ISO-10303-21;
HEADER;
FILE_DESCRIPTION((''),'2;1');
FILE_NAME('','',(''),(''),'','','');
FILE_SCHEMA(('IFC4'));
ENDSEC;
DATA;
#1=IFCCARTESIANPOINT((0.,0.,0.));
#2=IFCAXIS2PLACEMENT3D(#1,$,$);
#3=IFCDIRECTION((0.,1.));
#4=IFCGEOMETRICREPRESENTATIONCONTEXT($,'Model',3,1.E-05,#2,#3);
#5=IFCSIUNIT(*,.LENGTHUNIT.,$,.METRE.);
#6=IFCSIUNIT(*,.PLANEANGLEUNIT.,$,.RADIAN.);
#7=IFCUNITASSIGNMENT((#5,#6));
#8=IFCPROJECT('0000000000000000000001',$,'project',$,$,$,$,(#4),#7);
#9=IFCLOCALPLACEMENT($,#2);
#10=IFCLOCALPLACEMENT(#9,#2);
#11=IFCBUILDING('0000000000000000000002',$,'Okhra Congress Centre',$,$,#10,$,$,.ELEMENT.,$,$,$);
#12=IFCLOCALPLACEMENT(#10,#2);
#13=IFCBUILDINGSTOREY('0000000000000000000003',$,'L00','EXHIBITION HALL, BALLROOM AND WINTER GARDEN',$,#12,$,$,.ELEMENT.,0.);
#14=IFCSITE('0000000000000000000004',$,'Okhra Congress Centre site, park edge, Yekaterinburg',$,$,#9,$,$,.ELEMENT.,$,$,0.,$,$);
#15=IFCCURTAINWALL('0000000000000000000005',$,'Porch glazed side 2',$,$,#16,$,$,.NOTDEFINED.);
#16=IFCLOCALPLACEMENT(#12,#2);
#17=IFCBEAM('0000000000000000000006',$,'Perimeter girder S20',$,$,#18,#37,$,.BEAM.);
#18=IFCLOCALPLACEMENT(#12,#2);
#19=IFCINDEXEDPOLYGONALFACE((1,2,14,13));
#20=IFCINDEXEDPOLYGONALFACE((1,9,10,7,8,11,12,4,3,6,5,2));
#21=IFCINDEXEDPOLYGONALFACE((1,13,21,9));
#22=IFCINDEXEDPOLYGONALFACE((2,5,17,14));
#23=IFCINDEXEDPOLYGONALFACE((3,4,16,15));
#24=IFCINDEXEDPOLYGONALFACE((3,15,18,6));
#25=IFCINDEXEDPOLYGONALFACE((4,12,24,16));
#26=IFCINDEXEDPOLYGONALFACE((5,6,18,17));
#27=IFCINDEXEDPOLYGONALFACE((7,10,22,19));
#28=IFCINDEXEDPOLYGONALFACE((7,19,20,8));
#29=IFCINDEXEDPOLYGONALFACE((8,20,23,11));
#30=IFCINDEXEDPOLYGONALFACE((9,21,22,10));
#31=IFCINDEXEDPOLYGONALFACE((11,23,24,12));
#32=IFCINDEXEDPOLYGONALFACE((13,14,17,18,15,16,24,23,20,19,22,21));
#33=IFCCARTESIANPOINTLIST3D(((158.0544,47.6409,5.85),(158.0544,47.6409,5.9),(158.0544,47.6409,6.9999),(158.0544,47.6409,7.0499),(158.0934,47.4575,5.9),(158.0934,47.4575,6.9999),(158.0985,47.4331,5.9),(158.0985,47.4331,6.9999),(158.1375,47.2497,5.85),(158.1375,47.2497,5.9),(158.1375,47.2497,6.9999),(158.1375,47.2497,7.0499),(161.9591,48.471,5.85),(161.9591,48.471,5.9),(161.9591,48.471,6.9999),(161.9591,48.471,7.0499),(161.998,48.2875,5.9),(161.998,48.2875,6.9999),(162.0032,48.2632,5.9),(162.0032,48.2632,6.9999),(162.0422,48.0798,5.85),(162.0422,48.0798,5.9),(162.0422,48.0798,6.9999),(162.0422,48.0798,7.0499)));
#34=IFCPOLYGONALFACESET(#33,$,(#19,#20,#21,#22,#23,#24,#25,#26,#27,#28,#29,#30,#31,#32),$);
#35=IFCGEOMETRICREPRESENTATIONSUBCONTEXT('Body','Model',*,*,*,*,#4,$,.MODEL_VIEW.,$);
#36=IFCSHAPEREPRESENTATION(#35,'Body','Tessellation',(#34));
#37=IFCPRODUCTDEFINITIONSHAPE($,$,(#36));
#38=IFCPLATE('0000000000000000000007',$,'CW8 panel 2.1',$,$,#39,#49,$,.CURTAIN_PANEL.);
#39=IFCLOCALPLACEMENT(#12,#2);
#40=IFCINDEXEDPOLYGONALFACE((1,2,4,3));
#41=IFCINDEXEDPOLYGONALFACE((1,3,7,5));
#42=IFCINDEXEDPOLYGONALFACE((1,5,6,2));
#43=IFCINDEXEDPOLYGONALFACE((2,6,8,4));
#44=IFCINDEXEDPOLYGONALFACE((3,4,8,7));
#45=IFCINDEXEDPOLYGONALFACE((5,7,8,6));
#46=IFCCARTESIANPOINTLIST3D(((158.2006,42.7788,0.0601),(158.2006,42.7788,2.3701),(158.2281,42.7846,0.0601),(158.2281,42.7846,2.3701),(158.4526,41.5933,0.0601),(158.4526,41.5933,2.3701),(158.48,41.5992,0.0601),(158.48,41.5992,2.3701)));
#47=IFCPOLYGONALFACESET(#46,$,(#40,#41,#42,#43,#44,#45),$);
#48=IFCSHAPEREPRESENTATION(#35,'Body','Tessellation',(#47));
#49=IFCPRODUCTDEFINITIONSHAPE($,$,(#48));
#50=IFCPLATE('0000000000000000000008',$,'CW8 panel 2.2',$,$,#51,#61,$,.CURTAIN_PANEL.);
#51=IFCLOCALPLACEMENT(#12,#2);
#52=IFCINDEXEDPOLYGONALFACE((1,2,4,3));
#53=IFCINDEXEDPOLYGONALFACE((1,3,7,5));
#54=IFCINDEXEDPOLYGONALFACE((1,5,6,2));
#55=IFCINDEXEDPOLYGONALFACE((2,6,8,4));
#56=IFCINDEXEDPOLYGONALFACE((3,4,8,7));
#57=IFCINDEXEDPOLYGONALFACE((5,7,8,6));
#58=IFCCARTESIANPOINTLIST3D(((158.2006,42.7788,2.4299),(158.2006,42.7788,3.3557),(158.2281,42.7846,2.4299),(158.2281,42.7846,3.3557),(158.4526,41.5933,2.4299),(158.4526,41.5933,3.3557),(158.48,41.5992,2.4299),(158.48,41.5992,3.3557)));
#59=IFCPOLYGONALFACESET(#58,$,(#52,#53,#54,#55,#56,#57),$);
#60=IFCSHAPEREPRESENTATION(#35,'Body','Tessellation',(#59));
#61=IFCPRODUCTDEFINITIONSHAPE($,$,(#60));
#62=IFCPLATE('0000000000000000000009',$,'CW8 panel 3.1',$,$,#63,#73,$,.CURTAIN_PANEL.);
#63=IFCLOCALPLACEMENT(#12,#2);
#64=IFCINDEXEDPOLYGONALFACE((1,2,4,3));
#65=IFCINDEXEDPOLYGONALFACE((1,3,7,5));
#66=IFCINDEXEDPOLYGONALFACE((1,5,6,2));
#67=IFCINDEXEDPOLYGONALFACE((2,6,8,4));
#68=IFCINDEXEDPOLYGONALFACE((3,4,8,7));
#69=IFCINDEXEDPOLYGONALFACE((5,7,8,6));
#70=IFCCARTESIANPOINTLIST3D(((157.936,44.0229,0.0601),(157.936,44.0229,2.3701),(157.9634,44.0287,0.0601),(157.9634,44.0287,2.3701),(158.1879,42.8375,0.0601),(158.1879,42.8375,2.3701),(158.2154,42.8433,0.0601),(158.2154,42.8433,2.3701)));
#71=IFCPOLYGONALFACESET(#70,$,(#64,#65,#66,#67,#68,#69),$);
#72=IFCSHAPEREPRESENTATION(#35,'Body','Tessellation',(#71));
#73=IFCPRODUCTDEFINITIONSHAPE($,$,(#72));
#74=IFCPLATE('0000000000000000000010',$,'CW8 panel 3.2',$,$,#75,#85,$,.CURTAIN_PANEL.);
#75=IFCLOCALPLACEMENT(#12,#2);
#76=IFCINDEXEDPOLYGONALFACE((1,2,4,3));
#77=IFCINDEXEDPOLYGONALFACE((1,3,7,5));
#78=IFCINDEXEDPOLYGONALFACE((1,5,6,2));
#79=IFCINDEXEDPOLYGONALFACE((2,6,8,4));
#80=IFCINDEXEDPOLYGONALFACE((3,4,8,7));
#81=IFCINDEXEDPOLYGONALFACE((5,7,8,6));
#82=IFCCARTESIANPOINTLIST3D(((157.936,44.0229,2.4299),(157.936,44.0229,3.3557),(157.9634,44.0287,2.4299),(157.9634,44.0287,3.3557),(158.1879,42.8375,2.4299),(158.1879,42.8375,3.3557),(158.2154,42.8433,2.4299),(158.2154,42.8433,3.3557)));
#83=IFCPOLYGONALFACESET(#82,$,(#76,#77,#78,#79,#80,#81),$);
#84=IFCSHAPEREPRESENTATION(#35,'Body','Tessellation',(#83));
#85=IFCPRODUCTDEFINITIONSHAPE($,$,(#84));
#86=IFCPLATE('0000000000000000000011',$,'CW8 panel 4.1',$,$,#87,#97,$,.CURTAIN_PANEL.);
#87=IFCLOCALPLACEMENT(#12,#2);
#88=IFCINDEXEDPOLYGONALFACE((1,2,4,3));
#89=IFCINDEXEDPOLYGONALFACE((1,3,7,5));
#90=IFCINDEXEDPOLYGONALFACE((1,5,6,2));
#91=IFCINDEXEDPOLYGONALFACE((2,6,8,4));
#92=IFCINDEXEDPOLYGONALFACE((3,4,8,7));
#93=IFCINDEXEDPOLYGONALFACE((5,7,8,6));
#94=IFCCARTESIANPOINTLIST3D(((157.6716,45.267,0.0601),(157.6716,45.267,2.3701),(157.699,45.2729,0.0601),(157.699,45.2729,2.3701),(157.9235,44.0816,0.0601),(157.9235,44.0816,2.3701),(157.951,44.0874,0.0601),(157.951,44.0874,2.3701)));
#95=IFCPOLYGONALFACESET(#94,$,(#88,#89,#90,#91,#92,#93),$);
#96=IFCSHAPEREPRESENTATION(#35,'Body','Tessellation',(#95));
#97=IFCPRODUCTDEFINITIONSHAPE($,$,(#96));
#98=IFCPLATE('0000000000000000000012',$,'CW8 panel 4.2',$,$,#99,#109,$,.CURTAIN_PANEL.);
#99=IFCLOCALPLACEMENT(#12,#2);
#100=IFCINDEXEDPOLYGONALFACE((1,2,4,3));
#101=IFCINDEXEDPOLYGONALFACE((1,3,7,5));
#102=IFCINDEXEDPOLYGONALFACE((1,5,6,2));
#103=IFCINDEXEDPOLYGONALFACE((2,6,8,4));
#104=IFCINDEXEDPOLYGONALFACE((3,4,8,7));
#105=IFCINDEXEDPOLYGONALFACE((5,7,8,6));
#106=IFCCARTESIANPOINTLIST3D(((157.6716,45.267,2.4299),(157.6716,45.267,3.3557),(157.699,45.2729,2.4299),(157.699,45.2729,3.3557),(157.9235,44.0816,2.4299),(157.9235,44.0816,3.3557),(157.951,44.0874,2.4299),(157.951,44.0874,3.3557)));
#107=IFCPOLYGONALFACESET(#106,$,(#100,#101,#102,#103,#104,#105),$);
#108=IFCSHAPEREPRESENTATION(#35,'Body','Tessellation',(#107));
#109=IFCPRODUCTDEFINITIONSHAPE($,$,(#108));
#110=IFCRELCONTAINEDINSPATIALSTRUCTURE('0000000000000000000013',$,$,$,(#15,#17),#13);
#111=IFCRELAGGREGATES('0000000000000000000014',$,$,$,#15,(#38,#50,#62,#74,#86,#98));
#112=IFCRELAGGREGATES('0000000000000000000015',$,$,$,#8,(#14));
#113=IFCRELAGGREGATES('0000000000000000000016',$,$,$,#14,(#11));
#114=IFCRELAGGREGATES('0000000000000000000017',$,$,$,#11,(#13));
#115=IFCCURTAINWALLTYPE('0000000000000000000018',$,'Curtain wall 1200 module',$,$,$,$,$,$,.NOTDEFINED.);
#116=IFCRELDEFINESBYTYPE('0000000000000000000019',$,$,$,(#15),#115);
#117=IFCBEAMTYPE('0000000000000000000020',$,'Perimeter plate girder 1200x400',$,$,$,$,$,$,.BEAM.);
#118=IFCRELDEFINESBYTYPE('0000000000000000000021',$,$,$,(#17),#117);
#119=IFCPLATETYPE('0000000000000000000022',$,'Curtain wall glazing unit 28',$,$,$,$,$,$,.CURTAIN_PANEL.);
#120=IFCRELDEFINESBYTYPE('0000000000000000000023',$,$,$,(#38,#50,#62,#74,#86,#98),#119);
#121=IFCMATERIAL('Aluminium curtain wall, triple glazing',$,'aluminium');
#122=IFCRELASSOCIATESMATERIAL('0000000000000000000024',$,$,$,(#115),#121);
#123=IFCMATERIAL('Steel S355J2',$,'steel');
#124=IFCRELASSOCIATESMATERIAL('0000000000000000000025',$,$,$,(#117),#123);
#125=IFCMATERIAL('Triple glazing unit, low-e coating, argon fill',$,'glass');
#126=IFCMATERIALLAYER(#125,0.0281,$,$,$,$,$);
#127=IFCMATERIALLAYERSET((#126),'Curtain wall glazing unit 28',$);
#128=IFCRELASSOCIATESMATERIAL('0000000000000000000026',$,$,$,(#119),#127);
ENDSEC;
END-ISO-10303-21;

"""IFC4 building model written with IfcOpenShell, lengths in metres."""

from ifc_helpers import new_model, si_unit, direction, frame, origin, origin_2d, place, context, subcontext, project, spatial, rectangle, i_section, extrude, material, layer, layer_set, material_profile, profile_set, type_object, element, aggregate, save


model = new_model("IFC4")

# Units and contexts
model_context = context("Model", 3, precision=1e-05, world=origin(), true_north=direction((0.0, 1.0)))
body_context = subcontext(model_context, "Body", "Model", "MODEL_VIEW")
ifc_project = project(units=[si_unit("LENGTHUNIT", "METRE"), si_unit("PLANEANGLEUNIT", "RADIAN")], contexts=[model_context])

# Site, building, storey
site_placement = place(None, origin())
site = spatial("IfcSite", under=ifc_project, at=site_placement, Name="Okhra Congress Centre site, park edge, Yekaterinburg", CompositionType="ELEMENT", RefElevation=0.0)
building_placement = place(site_placement, origin())
building = spatial("IfcBuilding", under=site, at=building_placement, Name="Okhra Congress Centre", CompositionType="ELEMENT")
storey_placement = place(building_placement, origin())
storey = spatial("IfcBuildingStorey", under=building, at=storey_placement, Name="L00", Description="EXHIBITION HALL, BALLROOM AND WINTER GARDEN", CompositionType="ELEMENT", Elevation=0.0)

# Curtain wall
ifc_material_1 = material(Name="Aluminium curtain wall, triple glazing", Category="aluminium")
curtain_wall_type = type_object("IfcCurtainWallType", Name="Curtain wall 1200 module", PredefinedType="NOTDEFINED", material=ifc_material_1)
curtain_wall_placement = place(storey_placement, origin())
curtain_wall = element("IfcCurtainWall", 1, at=curtain_wall_placement, inside=storey, type_object=curtain_wall_type, Name="Porch glazed side 2", PredefinedType="NOTDEFINED")

# Beam
ifc_material_2 = material(Name="Steel S355J2", Category="steel")
ifc_material_profile_1 = material_profile(ifc_material_2, i_section(OverallWidth=0.3999, OverallDepth=1.2, WebThickness=0.0249, FlangeThickness=0.05, at=origin_2d()), Name="Plate girder 1200x400")
ifc_profile_set_1 = profile_set([ifc_material_profile_1], Name="Steel S355J2")
beam_type = type_object("IfcBeamType", Name="Perimeter plate girder 1200x400", PredefinedType="BEAM", material=ifc_profile_set_1)
beam_placement = place(storey_placement, frame((158.0959, 47.4453, 6.45), z_axis=(0.978143, 0.207933, 0.0), x_axis=(-0.207933, 0.978143, 0.0)))
element("IfcBeam", 2, at=beam_placement, inside=storey, type_object=beam_type, Name="Perimeter girder S20", PredefinedType="BEAM", context=body_context, shape_type="SweptSolid", body=[
    extrude(i_section(OverallWidth=0.3999, OverallDepth=1.2, WebThickness=0.0249, FlangeThickness=0.05, at=origin_2d()), origin(), (0.0, 0.0, 1.0), 3.9919),
])

# Plates
ifc_material_3 = material(Name="Triple glazing unit, low-e coating, argon fill", Category="glass")
ifc_layer = layer(ifc_material_3, 0.0281)
ifc_layer_set = layer_set([ifc_layer], Name="Curtain wall glazing unit 28")
plate_type = type_object("IfcPlateType", Name="Curtain wall glazing unit 28", PredefinedType="CURTAIN_PANEL", material=ifc_layer_set)
plate_1_placement = place(storey_placement, frame((158.3403, 42.189, 0.0601), z_axis=(0.0, 0.0, 1.0), x_axis=(-0.207912, 0.978148, 0.0)))
plate_1 = element("IfcPlate", 3, at=plate_1_placement, type_object=plate_type, Name="CW8 panel 2.1", PredefinedType="CURTAIN_PANEL", context=body_context, shape_type="SweptSolid", body=[
    extrude(rectangle(XDim=1.2119, YDim=0.0281, at=origin_2d()), origin(), (0.0, 0.0, 1.0), 2.3101),
])
plate_2_placement = place(storey_placement, frame((158.3403, 42.189, 2.4299), z_axis=(0.0, 0.0, 1.0), x_axis=(-0.207912, 0.978148, 0.0)))
plate_2 = element("IfcPlate", 4, at=plate_2_placement, type_object=plate_type, Name="CW8 panel 2.2", PredefinedType="CURTAIN_PANEL", context=body_context, shape_type="SweptSolid", body=[
    extrude(rectangle(XDim=1.2119, YDim=0.0281, at=origin_2d()), origin(), (0.0, 0.0, 1.0), 0.9258),
])
plate_3_placement = place(storey_placement, frame((158.0757, 43.4331, 0.0601), z_axis=(0.0, 0.0, 1.0), x_axis=(-0.207912, 0.978148, 0.0)))
plate_3 = element("IfcPlate", 5, at=plate_3_placement, type_object=plate_type, Name="CW8 panel 3.1", PredefinedType="CURTAIN_PANEL", context=body_context, shape_type="SweptSolid", body=[
    extrude(rectangle(XDim=1.2119, YDim=0.0281, at=origin_2d()), origin(), (0.0, 0.0, 1.0), 2.3101),
])
plate_4_placement = place(storey_placement, frame((158.0757, 43.4331, 2.4299), z_axis=(0.0, 0.0, 1.0), x_axis=(-0.207912, 0.978148, 0.0)))
plate_4 = element("IfcPlate", 6, at=plate_4_placement, type_object=plate_type, Name="CW8 panel 3.2", PredefinedType="CURTAIN_PANEL", context=body_context, shape_type="SweptSolid", body=[
    extrude(rectangle(XDim=1.2119, YDim=0.0281, at=origin_2d()), origin(), (0.0, 0.0, 1.0), 0.9258),
])
plate_5_placement = place(storey_placement, frame((157.8113, 44.6772, 0.0601), z_axis=(0.0, 0.0, 1.0), x_axis=(-0.207912, 0.978148, 0.0)))
plate_5 = element("IfcPlate", 7, at=plate_5_placement, type_object=plate_type, Name="CW8 panel 4.1", PredefinedType="CURTAIN_PANEL", context=body_context, shape_type="SweptSolid", body=[
    extrude(rectangle(XDim=1.2119, YDim=0.0281, at=origin_2d()), origin(), (0.0, 0.0, 1.0), 2.3101),
])
plate_6_placement = place(storey_placement, frame((157.8113, 44.6772, 2.4299), z_axis=(0.0, 0.0, 1.0), x_axis=(-0.207912, 0.978148, 0.0)))
plate_6 = element("IfcPlate", 8, at=plate_6_placement, type_object=plate_type, Name="CW8 panel 4.2", PredefinedType="CURTAIN_PANEL", context=body_context, shape_type="SweptSolid", body=[
    extrude(rectangle(XDim=1.2119, YDim=0.0281, at=origin_2d()), origin(), (0.0, 0.0, 1.0), 0.9258),
])
aggregate(curtain_wall, [plate_1, plate_2, plate_3, plate_4, plate_5, plate_6])

save(model, "model.ifc")
